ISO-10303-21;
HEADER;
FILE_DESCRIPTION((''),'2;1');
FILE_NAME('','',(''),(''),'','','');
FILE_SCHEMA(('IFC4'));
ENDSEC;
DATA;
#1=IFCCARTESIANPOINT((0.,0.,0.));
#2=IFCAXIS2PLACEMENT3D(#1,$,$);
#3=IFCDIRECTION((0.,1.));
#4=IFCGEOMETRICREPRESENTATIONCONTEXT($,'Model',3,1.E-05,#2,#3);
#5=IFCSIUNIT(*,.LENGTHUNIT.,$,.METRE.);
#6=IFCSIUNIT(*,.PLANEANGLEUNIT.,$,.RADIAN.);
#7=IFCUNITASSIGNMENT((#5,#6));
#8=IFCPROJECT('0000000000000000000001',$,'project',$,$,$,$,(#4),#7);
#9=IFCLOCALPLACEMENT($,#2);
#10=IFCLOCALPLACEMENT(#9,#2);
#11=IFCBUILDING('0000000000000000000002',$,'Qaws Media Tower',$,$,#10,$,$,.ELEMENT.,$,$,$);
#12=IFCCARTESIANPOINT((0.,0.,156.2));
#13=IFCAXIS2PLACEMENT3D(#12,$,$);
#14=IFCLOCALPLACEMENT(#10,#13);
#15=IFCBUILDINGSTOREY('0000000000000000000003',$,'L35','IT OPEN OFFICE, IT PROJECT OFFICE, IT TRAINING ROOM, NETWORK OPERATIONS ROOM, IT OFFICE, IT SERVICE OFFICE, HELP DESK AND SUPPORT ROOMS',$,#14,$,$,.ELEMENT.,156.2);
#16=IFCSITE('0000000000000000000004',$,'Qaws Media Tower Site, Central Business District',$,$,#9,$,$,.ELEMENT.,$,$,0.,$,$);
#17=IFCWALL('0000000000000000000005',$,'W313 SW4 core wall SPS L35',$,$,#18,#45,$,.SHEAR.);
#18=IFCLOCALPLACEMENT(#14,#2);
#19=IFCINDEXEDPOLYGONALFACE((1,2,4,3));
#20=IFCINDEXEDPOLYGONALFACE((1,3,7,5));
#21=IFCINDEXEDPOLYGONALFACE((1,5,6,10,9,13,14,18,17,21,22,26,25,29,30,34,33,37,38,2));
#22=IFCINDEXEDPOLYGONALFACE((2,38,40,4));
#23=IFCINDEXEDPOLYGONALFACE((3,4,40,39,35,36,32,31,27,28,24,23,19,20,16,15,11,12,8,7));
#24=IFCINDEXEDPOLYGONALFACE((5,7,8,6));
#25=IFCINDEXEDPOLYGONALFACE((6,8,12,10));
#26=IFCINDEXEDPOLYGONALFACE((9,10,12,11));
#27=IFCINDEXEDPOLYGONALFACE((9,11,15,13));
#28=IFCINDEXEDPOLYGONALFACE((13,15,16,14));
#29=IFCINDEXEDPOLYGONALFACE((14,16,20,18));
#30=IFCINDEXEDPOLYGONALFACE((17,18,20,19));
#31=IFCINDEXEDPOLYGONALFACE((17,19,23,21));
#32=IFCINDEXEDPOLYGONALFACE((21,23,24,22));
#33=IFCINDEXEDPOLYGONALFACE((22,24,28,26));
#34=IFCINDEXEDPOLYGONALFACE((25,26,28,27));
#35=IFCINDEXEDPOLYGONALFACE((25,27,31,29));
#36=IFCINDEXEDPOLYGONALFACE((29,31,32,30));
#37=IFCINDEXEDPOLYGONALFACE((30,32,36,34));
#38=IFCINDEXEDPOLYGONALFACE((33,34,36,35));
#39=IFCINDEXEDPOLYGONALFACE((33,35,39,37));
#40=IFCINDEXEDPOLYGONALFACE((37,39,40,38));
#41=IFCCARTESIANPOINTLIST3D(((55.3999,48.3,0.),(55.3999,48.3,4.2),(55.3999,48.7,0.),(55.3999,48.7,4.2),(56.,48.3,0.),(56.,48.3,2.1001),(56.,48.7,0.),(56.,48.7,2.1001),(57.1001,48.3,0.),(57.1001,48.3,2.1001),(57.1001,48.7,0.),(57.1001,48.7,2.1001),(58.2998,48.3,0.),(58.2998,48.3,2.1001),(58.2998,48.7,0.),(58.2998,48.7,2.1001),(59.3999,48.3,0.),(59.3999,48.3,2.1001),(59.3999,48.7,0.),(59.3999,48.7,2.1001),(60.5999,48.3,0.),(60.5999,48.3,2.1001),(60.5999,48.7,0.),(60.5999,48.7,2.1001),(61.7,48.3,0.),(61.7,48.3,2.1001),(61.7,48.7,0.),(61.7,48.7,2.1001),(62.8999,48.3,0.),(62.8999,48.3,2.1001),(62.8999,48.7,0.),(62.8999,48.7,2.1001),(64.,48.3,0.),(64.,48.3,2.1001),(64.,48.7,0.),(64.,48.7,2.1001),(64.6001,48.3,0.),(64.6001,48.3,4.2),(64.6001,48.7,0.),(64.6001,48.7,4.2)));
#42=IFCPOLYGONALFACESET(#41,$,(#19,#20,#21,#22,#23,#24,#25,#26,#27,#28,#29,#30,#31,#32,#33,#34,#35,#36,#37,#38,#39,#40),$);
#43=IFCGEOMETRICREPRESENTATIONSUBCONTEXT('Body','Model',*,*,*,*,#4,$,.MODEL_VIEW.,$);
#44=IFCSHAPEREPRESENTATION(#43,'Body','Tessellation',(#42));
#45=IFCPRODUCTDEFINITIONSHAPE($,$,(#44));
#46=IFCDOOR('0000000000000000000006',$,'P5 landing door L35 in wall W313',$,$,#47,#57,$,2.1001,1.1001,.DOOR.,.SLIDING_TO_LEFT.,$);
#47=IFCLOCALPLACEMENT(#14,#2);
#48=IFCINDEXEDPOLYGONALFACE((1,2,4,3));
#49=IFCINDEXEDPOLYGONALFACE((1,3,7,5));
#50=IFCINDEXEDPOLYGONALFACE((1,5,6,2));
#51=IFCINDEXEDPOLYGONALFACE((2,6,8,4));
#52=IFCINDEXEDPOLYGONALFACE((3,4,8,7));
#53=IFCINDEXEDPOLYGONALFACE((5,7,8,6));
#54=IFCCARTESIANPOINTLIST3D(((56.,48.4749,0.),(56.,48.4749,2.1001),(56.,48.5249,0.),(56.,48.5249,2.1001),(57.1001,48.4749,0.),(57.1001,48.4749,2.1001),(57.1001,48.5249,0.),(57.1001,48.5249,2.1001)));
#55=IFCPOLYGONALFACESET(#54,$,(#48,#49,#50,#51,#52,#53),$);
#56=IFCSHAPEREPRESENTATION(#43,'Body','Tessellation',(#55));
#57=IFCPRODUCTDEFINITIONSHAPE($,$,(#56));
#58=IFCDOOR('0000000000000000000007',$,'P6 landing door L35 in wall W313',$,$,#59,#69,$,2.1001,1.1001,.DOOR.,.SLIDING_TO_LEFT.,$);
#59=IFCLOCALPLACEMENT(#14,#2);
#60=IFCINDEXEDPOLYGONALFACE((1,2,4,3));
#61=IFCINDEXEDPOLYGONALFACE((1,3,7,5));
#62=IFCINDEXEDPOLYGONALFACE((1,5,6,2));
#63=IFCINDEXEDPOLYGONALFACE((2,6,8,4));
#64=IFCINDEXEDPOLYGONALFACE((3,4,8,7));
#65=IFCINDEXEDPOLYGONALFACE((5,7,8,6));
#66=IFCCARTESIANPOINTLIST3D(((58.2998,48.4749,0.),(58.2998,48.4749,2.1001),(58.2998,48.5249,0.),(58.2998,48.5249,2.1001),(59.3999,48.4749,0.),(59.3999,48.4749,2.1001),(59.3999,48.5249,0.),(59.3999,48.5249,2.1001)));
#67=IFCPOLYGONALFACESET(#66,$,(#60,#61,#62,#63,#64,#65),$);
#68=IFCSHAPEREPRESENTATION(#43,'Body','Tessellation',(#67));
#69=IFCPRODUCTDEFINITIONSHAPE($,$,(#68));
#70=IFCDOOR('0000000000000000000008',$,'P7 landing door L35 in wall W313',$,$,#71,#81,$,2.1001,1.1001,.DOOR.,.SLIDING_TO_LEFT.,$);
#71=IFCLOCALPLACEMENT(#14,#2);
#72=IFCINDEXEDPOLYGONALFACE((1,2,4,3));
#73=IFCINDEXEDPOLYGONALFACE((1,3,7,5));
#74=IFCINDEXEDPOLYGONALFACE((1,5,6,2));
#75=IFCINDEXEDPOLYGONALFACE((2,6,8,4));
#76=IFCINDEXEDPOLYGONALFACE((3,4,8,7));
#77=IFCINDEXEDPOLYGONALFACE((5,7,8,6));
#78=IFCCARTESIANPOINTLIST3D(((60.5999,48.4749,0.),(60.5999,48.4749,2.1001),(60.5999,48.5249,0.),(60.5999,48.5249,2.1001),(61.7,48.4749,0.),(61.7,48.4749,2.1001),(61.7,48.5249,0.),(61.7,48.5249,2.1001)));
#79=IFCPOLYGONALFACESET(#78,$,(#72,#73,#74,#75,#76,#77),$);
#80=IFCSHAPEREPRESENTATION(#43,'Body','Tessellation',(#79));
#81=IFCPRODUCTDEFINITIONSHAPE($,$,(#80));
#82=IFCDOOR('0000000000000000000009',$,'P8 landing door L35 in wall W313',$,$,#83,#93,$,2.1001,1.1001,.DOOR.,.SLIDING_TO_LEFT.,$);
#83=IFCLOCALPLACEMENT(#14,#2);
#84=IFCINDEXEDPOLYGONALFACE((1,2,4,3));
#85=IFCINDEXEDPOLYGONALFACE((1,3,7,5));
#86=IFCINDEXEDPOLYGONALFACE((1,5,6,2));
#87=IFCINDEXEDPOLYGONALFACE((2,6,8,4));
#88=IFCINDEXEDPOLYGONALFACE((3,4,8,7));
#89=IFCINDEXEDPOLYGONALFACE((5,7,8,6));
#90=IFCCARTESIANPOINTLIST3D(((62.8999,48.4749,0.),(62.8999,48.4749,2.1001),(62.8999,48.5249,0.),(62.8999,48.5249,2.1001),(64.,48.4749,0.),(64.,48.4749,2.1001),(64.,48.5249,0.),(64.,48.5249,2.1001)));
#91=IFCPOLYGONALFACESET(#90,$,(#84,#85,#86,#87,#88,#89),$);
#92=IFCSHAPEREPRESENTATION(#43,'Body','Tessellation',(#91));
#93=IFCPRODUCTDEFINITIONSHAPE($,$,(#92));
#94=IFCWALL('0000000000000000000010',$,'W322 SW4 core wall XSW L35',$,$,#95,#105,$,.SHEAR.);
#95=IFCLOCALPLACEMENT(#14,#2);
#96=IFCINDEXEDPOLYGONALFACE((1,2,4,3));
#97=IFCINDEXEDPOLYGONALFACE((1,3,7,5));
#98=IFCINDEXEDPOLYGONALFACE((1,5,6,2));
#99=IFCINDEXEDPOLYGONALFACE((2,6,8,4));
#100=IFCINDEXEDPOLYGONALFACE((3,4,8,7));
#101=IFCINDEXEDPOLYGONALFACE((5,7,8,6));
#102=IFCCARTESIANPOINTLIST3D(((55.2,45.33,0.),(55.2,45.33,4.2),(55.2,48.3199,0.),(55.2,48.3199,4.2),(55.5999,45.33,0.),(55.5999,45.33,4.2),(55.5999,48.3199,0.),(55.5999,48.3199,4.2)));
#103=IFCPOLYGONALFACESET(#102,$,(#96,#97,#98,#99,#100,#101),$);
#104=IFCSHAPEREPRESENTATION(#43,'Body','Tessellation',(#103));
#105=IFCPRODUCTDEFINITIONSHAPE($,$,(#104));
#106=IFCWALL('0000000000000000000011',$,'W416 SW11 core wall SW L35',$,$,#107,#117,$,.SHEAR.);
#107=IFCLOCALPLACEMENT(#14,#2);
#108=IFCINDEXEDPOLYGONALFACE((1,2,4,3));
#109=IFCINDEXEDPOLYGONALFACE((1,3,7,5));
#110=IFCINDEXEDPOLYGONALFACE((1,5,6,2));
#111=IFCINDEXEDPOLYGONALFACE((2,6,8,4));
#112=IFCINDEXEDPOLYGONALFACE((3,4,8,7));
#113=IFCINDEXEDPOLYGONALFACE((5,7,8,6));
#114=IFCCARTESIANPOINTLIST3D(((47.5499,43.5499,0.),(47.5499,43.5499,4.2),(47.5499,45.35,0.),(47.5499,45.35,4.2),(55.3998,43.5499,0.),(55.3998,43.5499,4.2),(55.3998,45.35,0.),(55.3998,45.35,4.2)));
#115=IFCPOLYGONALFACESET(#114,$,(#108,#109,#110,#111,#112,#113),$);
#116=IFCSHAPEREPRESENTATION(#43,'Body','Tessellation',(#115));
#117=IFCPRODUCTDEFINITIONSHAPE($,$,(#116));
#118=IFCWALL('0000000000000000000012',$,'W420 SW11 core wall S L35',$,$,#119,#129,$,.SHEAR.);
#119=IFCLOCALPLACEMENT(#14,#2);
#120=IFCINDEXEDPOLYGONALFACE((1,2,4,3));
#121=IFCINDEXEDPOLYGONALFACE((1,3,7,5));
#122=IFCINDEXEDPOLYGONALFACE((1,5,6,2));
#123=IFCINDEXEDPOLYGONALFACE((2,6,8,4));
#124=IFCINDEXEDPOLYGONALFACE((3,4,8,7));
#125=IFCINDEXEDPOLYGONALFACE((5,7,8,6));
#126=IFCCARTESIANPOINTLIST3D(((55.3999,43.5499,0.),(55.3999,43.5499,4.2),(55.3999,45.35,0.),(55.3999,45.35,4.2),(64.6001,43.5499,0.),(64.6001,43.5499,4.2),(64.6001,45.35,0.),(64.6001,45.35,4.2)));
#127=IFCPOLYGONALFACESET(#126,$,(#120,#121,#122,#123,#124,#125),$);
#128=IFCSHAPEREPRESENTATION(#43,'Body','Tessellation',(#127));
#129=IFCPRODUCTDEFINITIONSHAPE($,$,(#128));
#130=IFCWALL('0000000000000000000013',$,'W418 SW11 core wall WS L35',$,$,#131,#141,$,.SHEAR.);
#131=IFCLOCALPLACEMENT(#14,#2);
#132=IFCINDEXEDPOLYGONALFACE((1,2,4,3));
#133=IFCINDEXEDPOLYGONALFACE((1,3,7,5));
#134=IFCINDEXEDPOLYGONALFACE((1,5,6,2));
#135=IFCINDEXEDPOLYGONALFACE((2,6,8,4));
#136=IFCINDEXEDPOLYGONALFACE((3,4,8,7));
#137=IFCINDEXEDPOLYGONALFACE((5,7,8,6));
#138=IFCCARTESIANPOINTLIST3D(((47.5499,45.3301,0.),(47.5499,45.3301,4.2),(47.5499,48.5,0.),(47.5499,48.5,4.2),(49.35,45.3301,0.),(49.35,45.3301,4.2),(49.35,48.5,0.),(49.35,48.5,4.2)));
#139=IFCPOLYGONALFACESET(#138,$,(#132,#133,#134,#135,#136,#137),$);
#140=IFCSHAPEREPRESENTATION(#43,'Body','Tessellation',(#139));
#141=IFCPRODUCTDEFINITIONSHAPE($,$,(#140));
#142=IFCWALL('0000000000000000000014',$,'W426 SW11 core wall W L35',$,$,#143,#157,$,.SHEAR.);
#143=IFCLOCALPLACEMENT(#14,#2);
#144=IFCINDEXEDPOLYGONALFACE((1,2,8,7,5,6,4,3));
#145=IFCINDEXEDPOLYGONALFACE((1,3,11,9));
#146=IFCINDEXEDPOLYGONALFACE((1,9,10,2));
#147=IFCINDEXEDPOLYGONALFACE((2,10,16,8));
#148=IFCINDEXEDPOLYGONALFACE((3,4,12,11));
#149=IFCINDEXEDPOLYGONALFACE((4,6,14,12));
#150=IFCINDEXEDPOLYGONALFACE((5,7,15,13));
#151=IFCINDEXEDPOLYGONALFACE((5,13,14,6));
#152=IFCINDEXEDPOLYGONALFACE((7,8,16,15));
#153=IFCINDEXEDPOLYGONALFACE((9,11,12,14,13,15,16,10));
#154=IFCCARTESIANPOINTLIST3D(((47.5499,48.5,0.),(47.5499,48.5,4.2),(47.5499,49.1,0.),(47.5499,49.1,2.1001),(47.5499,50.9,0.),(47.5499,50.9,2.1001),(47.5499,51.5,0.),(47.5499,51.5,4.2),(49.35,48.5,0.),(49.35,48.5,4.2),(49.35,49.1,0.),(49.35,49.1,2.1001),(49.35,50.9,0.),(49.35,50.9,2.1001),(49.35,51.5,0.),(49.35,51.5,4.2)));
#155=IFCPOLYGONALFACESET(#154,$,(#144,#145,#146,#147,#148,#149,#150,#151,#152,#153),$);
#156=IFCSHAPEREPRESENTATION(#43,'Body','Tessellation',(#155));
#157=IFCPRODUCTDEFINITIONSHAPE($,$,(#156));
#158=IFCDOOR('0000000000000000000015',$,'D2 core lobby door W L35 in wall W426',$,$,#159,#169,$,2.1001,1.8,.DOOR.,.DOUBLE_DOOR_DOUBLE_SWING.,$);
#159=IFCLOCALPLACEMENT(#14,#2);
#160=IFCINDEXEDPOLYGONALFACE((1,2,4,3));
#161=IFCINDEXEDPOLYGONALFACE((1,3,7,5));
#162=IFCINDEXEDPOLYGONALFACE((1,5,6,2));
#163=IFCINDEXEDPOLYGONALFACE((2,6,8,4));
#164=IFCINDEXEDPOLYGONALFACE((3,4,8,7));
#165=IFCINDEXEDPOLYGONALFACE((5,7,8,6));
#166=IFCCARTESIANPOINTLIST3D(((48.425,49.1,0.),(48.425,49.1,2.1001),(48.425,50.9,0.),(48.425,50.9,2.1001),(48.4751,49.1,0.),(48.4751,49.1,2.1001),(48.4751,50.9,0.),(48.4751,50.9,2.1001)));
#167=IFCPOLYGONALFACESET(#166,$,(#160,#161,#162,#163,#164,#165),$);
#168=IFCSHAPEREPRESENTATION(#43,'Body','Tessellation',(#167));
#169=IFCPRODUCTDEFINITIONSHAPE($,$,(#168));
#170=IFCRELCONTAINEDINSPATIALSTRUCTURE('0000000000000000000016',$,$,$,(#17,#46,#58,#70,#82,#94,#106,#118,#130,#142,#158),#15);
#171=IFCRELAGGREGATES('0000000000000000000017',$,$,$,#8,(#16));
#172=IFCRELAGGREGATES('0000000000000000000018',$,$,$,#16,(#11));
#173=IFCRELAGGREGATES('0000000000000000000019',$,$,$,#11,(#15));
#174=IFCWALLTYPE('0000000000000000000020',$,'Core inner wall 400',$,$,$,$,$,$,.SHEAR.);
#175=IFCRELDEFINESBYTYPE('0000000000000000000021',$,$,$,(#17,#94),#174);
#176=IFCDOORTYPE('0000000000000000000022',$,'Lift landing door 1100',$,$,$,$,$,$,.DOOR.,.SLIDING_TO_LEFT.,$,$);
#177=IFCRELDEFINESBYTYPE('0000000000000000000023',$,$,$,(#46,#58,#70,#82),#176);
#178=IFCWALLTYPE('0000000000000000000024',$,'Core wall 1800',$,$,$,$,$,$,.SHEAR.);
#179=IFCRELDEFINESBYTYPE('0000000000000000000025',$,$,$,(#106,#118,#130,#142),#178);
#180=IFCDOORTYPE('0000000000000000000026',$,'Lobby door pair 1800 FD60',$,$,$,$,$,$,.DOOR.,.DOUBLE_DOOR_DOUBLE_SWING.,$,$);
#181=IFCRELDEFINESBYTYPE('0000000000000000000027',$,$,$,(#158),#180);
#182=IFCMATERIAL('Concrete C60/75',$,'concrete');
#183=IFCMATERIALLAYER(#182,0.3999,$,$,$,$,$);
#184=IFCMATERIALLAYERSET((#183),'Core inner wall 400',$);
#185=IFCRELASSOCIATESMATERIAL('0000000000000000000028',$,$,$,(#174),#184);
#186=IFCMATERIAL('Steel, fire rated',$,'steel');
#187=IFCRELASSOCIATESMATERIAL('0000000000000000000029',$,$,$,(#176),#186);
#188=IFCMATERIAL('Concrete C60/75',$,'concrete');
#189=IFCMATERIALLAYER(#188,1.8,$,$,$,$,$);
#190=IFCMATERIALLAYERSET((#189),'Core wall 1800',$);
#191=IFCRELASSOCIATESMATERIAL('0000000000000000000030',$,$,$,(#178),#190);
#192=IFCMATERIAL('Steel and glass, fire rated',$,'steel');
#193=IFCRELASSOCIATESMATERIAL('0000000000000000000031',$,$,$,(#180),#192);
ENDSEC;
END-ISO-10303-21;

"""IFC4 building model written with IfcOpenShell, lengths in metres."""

from ifc_helpers import new_model, si_unit, direction, frame, frame_2d, origin, place, context, subcontext, project, spatial, rectangle, extrude, material, layer, layer_set, type_object, element, fill, save


model = new_model("IFC4")

# Units and contexts
model_context = context("Model", 3, precision=1e-05, world=origin(), true_north=direction((0.0, 1.0)))
body_context = subcontext(model_context, "Body", "Model", "MODEL_VIEW")
ifc_project = project(units=[si_unit("LENGTHUNIT", "METRE"), si_unit("PLANEANGLEUNIT", "RADIAN")], contexts=[model_context])

# Site, building, storey
site_placement = place(None, origin())
site = spatial("IfcSite", under=ifc_project, at=site_placement, Name="Qaws Media Tower Site, Central Business District", CompositionType="ELEMENT", RefElevation=0.0)
building_placement = place(site_placement, origin())
building = spatial("IfcBuilding", under=site, at=building_placement, Name="Qaws Media Tower", CompositionType="ELEMENT")
storey_placement = place(building_placement, frame((0.0, 0.0, 156.2)))
storey = spatial("IfcBuildingStorey", under=building, at=storey_placement, Name="L35", Description="IT OPEN OFFICE, IT PROJECT OFFICE, IT TRAINING ROOM, NETWORK OPERATIONS ROOM, IT OFFICE, IT SERVICE OFFICE, HELP DESK AND SUPPORT ROOMS", CompositionType="ELEMENT", Elevation=156.2)

# Shared definitions
ifc_material_1 = material(Name="Concrete C60/75", Category="concrete")
ifc_layer_1 = layer(ifc_material_1, 0.3999)
ifc_layer_set_1 = layer_set([ifc_layer_1], Name="Core inner wall 400")
wall_type_1 = type_object("IfcWallType", Name="Core inner wall 400", PredefinedType="SHEAR", material=ifc_layer_set_1)

# Wall, openings, doors
wall_1_placement = place(storey_placement, frame((55.3999, 48.5, 0.0), z_axis=(0.0, 0.0, 1.0), x_axis=(1.0, 0.0, 0.0)))
wall_1 = element("IfcWall", 1, at=wall_1_placement, inside=storey, type_object=wall_type_1, Name="W313 SW4 core wall SPS L35", PredefinedType="SHEAR", context=body_context, shape_type="SweptSolid", body=[
    extrude(rectangle(XDim=9.2002, YDim=0.3999, at=frame_2d((4.6001, 0.0))), origin(), (0.0, 0.0, 1.0), 4.2),
])
opening_1_placement = place(wall_1_placement, frame((0.6001, 0.0, 0.0)))
opening_1 = element("IfcOpeningElement", 2, at=opening_1_placement, cuts=wall_1, PredefinedType="OPENING", context=body_context, shape_type="SweptSolid", body=[
    extrude(rectangle(XDim=1.1001, YDim=2.1001, at=frame_2d((0.55, 1.05))), frame((0.0, 0.21, 0.0), z_axis=(0.0, -1.0, 0.0), x_axis=(1.0, 0.0, 0.0)), (0.0, 0.0, 1.0), 0.4199),
])
opening_2_placement = place(wall_1_placement, frame((2.8999, 0.0, 0.0)))
opening_2 = element("IfcOpeningElement", 3, at=opening_2_placement, cuts=wall_1, PredefinedType="OPENING", context=body_context, shape_type="SweptSolid", body=[
    extrude(rectangle(XDim=1.1001, YDim=2.1001, at=frame_2d((0.55, 1.05))), frame((0.0, 0.21, 0.0), z_axis=(0.0, -1.0, 0.0), x_axis=(1.0, 0.0, 0.0)), (0.0, 0.0, 1.0), 0.4199),
])
opening_3_placement = place(wall_1_placement, frame((5.2, 0.0, 0.0)))
opening_3 = element("IfcOpeningElement", 4, at=opening_3_placement, cuts=wall_1, PredefinedType="OPENING", context=body_context, shape_type="SweptSolid", body=[
    extrude(rectangle(XDim=1.1001, YDim=2.1001, at=frame_2d((0.55, 1.05))), frame((0.0, 0.21, 0.0), z_axis=(0.0, -1.0, 0.0), x_axis=(1.0, 0.0, 0.0)), (0.0, 0.0, 1.0), 0.4199),
])
opening_4_placement = place(wall_1_placement, frame((7.5, 0.0, 0.0)))
opening_4 = element("IfcOpeningElement", 5, at=opening_4_placement, cuts=wall_1, PredefinedType="OPENING", context=body_context, shape_type="SweptSolid", body=[
    extrude(rectangle(XDim=1.1001, YDim=2.1001, at=frame_2d((0.55, 1.05))), frame((0.0, 0.21, 0.0), z_axis=(0.0, -1.0, 0.0), x_axis=(1.0, 0.0, 0.0)), (0.0, 0.0, 1.0), 0.4199),
])
ifc_material_2 = material(Name="Steel, fire rated", Category="steel")
door_type_1 = type_object("IfcDoorType", Name="Lift landing door 1100", OperationType="SLIDING_TO_LEFT", PredefinedType="DOOR", material=ifc_material_2)
door_1_placement = place(opening_1_placement, origin())
door_1 = element("IfcDoor", 6, at=door_1_placement, inside=storey, type_object=door_type_1, Name="P5 landing door L35 in wall W313", OperationType="SLIDING_TO_LEFT", OverallHeight=2.1001, OverallWidth=1.1001, PredefinedType="DOOR", context=body_context, shape_type="SweptSolid", body=[
    extrude(rectangle(XDim=1.1001, YDim=2.1001, at=frame_2d((0.55, 1.05))), frame((0.0, 0.0249, 0.0), z_axis=(0.0, -1.0, 0.0), x_axis=(1.0, 0.0, 0.0)), (0.0, 0.0, 1.0), 0.05),
])
fill(opening_1, door_1)
door_2_placement = place(opening_2_placement, origin())
door_2 = element("IfcDoor", 7, at=door_2_placement, inside=storey, type_object=door_type_1, Name="P6 landing door L35 in wall W313", OperationType="SLIDING_TO_LEFT", OverallHeight=2.1001, OverallWidth=1.1001, PredefinedType="DOOR", context=body_context, shape_type="SweptSolid", body=[
    extrude(rectangle(XDim=1.1001, YDim=2.1001, at=frame_2d((0.55, 1.05))), frame((0.0, 0.0249, 0.0), z_axis=(0.0, -1.0, 0.0), x_axis=(1.0, 0.0, 0.0)), (0.0, 0.0, 1.0), 0.05),
])
fill(opening_2, door_2)
door_3_placement = place(opening_3_placement, origin())
door_3 = element("IfcDoor", 8, at=door_3_placement, inside=storey, type_object=door_type_1, Name="P7 landing door L35 in wall W313", OperationType="SLIDING_TO_LEFT", OverallHeight=2.1001, OverallWidth=1.1001, PredefinedType="DOOR", context=body_context, shape_type="SweptSolid", body=[
    extrude(rectangle(XDim=1.1001, YDim=2.1001, at=frame_2d((0.55, 1.05))), frame((0.0, 0.0249, 0.0), z_axis=(0.0, -1.0, 0.0), x_axis=(1.0, 0.0, 0.0)), (0.0, 0.0, 1.0), 0.05),
])
fill(opening_3, door_3)
door_4_placement = place(opening_4_placement, origin())
door_4 = element("IfcDoor", 9, at=door_4_placement, inside=storey, type_object=door_type_1, Name="P8 landing door L35 in wall W313", OperationType="SLIDING_TO_LEFT", OverallHeight=2.1001, OverallWidth=1.1001, PredefinedType="DOOR", context=body_context, shape_type="SweptSolid", body=[
    extrude(rectangle(XDim=1.1001, YDim=2.1001, at=frame_2d((0.55, 1.05))), frame((0.0, 0.0249, 0.0), z_axis=(0.0, -1.0, 0.0), x_axis=(1.0, 0.0, 0.0)), (0.0, 0.0, 1.0), 0.05),
])
fill(opening_4, door_4)

# Walls
wall_2_placement = place(storey_placement, frame((55.3999, 48.3201, 0.0), z_axis=(0.0, 0.0, 1.0), x_axis=(0.0, -1.0, 0.0)))
element("IfcWall", 10, at=wall_2_placement, inside=storey, type_object=wall_type_1, Name="W322 SW4 core wall XSW L35", PredefinedType="SHEAR", context=body_context, shape_type="SweptSolid", body=[
    extrude(rectangle(XDim=2.99, YDim=0.3999, at=frame_2d((1.4951, 0.0))), origin(), (0.0, 0.0, 1.0), 4.2),
])
ifc_material_3 = material(Name="Concrete C60/75", Category="concrete")
ifc_layer_2 = layer(ifc_material_3, 1.8)
ifc_layer_set_2 = layer_set([ifc_layer_2], Name="Core wall 1800")
wall_type_2 = type_object("IfcWallType", Name="Core wall 1800", PredefinedType="SHEAR", material=ifc_layer_set_2)
wall_3_placement = place(storey_placement, frame((47.55, 44.45, 0.0), z_axis=(0.0, 0.0, 1.0), x_axis=(1.0, 0.0, 0.0)))
element("IfcWall", 11, at=wall_3_placement, inside=storey, type_object=wall_type_2, Name="W416 SW11 core wall SW L35", PredefinedType="SHEAR", context=body_context, shape_type="SweptSolid", body=[
    extrude(rectangle(XDim=7.8499, YDim=1.8, at=frame_2d((3.9248, 0.0))), origin(), (0.0, 0.0, 1.0), 4.2),
])
wall_4_placement = place(storey_placement, frame((55.3999, 44.45, 0.0), z_axis=(0.0, 0.0, 1.0), x_axis=(1.0, 0.0, 0.0)))
element("IfcWall", 12, at=wall_4_placement, inside=storey, type_object=wall_type_2, Name="W420 SW11 core wall S L35", PredefinedType="SHEAR", context=body_context, shape_type="SweptSolid", body=[
    extrude(rectangle(XDim=9.2002, YDim=1.8, at=frame_2d((4.6001, 0.0))), origin(), (0.0, 0.0, 1.0), 4.2),
])
wall_5_placement = place(storey_placement, frame((48.45, 45.3301, 0.0), z_axis=(0.0, 0.0, 1.0), x_axis=(0.0, 1.0, 0.0)))
element("IfcWall", 13, at=wall_5_placement, inside=storey, type_object=wall_type_2, Name="W418 SW11 core wall WS L35", PredefinedType="SHEAR", context=body_context, shape_type="SweptSolid", body=[
    extrude(rectangle(XDim=3.1699, YDim=1.8, at=frame_2d((1.585, 0.0))), origin(), (0.0, 0.0, 1.0), 4.2),
])

# Wall, opening, door
wall_6_placement = place(storey_placement, frame((48.45, 48.5, 0.0), z_axis=(0.0, 0.0, 1.0), x_axis=(0.0, 1.0, 0.0)))
wall_6 = element("IfcWall", 14, at=wall_6_placement, inside=storey, type_object=wall_type_2, Name="W426 SW11 core wall W L35", PredefinedType="SHEAR", context=body_context, shape_type="SweptSolid", body=[
    extrude(rectangle(XDim=3.0, YDim=1.8, at=frame_2d((1.5, 0.0))), origin(), (0.0, 0.0, 1.0), 4.2),
])
opening_5_placement = place(wall_6_placement, frame((0.6001, 0.0, 0.0)))
opening_5 = element("IfcOpeningElement", 15, at=opening_5_placement, cuts=wall_6, PredefinedType="OPENING", context=body_context, shape_type="SweptSolid", body=[
    extrude(rectangle(XDim=1.8, YDim=2.1001, at=frame_2d((0.8999, 1.05))), frame((0.0, 0.9099, 0.0), z_axis=(0.0, -1.0, 0.0), x_axis=(1.0, 0.0, 0.0)), (0.0, 0.0, 1.0), 1.8201),
])
ifc_material_4 = material(Name="Steel and glass, fire rated", Category="steel")
door_type_2 = type_object("IfcDoorType", Name="Lobby door pair 1800 FD60", OperationType="DOUBLE_DOOR_DOUBLE_SWING", PredefinedType="DOOR", material=ifc_material_4)
door_5_placement = place(opening_5_placement, origin())
door_5 = element("IfcDoor", 16, at=door_5_placement, inside=storey, type_object=door_type_2, Name="D2 core lobby door W L35 in wall W426", OperationType="DOUBLE_DOOR_DOUBLE_SWING", OverallHeight=2.1001, OverallWidth=1.8, PredefinedType="DOOR", context=body_context, shape_type="SweptSolid", body=[
    extrude(rectangle(XDim=1.8, YDim=2.1001, at=frame_2d((0.8999, 1.05))), frame((0.0, 0.0249, 0.0), z_axis=(0.0, -1.0, 0.0), x_axis=(1.0, 0.0, 0.0)), (0.0, 0.0, 1.0), 0.05),
])
fill(opening_5, door_5)

save(model, "model.ifc")
